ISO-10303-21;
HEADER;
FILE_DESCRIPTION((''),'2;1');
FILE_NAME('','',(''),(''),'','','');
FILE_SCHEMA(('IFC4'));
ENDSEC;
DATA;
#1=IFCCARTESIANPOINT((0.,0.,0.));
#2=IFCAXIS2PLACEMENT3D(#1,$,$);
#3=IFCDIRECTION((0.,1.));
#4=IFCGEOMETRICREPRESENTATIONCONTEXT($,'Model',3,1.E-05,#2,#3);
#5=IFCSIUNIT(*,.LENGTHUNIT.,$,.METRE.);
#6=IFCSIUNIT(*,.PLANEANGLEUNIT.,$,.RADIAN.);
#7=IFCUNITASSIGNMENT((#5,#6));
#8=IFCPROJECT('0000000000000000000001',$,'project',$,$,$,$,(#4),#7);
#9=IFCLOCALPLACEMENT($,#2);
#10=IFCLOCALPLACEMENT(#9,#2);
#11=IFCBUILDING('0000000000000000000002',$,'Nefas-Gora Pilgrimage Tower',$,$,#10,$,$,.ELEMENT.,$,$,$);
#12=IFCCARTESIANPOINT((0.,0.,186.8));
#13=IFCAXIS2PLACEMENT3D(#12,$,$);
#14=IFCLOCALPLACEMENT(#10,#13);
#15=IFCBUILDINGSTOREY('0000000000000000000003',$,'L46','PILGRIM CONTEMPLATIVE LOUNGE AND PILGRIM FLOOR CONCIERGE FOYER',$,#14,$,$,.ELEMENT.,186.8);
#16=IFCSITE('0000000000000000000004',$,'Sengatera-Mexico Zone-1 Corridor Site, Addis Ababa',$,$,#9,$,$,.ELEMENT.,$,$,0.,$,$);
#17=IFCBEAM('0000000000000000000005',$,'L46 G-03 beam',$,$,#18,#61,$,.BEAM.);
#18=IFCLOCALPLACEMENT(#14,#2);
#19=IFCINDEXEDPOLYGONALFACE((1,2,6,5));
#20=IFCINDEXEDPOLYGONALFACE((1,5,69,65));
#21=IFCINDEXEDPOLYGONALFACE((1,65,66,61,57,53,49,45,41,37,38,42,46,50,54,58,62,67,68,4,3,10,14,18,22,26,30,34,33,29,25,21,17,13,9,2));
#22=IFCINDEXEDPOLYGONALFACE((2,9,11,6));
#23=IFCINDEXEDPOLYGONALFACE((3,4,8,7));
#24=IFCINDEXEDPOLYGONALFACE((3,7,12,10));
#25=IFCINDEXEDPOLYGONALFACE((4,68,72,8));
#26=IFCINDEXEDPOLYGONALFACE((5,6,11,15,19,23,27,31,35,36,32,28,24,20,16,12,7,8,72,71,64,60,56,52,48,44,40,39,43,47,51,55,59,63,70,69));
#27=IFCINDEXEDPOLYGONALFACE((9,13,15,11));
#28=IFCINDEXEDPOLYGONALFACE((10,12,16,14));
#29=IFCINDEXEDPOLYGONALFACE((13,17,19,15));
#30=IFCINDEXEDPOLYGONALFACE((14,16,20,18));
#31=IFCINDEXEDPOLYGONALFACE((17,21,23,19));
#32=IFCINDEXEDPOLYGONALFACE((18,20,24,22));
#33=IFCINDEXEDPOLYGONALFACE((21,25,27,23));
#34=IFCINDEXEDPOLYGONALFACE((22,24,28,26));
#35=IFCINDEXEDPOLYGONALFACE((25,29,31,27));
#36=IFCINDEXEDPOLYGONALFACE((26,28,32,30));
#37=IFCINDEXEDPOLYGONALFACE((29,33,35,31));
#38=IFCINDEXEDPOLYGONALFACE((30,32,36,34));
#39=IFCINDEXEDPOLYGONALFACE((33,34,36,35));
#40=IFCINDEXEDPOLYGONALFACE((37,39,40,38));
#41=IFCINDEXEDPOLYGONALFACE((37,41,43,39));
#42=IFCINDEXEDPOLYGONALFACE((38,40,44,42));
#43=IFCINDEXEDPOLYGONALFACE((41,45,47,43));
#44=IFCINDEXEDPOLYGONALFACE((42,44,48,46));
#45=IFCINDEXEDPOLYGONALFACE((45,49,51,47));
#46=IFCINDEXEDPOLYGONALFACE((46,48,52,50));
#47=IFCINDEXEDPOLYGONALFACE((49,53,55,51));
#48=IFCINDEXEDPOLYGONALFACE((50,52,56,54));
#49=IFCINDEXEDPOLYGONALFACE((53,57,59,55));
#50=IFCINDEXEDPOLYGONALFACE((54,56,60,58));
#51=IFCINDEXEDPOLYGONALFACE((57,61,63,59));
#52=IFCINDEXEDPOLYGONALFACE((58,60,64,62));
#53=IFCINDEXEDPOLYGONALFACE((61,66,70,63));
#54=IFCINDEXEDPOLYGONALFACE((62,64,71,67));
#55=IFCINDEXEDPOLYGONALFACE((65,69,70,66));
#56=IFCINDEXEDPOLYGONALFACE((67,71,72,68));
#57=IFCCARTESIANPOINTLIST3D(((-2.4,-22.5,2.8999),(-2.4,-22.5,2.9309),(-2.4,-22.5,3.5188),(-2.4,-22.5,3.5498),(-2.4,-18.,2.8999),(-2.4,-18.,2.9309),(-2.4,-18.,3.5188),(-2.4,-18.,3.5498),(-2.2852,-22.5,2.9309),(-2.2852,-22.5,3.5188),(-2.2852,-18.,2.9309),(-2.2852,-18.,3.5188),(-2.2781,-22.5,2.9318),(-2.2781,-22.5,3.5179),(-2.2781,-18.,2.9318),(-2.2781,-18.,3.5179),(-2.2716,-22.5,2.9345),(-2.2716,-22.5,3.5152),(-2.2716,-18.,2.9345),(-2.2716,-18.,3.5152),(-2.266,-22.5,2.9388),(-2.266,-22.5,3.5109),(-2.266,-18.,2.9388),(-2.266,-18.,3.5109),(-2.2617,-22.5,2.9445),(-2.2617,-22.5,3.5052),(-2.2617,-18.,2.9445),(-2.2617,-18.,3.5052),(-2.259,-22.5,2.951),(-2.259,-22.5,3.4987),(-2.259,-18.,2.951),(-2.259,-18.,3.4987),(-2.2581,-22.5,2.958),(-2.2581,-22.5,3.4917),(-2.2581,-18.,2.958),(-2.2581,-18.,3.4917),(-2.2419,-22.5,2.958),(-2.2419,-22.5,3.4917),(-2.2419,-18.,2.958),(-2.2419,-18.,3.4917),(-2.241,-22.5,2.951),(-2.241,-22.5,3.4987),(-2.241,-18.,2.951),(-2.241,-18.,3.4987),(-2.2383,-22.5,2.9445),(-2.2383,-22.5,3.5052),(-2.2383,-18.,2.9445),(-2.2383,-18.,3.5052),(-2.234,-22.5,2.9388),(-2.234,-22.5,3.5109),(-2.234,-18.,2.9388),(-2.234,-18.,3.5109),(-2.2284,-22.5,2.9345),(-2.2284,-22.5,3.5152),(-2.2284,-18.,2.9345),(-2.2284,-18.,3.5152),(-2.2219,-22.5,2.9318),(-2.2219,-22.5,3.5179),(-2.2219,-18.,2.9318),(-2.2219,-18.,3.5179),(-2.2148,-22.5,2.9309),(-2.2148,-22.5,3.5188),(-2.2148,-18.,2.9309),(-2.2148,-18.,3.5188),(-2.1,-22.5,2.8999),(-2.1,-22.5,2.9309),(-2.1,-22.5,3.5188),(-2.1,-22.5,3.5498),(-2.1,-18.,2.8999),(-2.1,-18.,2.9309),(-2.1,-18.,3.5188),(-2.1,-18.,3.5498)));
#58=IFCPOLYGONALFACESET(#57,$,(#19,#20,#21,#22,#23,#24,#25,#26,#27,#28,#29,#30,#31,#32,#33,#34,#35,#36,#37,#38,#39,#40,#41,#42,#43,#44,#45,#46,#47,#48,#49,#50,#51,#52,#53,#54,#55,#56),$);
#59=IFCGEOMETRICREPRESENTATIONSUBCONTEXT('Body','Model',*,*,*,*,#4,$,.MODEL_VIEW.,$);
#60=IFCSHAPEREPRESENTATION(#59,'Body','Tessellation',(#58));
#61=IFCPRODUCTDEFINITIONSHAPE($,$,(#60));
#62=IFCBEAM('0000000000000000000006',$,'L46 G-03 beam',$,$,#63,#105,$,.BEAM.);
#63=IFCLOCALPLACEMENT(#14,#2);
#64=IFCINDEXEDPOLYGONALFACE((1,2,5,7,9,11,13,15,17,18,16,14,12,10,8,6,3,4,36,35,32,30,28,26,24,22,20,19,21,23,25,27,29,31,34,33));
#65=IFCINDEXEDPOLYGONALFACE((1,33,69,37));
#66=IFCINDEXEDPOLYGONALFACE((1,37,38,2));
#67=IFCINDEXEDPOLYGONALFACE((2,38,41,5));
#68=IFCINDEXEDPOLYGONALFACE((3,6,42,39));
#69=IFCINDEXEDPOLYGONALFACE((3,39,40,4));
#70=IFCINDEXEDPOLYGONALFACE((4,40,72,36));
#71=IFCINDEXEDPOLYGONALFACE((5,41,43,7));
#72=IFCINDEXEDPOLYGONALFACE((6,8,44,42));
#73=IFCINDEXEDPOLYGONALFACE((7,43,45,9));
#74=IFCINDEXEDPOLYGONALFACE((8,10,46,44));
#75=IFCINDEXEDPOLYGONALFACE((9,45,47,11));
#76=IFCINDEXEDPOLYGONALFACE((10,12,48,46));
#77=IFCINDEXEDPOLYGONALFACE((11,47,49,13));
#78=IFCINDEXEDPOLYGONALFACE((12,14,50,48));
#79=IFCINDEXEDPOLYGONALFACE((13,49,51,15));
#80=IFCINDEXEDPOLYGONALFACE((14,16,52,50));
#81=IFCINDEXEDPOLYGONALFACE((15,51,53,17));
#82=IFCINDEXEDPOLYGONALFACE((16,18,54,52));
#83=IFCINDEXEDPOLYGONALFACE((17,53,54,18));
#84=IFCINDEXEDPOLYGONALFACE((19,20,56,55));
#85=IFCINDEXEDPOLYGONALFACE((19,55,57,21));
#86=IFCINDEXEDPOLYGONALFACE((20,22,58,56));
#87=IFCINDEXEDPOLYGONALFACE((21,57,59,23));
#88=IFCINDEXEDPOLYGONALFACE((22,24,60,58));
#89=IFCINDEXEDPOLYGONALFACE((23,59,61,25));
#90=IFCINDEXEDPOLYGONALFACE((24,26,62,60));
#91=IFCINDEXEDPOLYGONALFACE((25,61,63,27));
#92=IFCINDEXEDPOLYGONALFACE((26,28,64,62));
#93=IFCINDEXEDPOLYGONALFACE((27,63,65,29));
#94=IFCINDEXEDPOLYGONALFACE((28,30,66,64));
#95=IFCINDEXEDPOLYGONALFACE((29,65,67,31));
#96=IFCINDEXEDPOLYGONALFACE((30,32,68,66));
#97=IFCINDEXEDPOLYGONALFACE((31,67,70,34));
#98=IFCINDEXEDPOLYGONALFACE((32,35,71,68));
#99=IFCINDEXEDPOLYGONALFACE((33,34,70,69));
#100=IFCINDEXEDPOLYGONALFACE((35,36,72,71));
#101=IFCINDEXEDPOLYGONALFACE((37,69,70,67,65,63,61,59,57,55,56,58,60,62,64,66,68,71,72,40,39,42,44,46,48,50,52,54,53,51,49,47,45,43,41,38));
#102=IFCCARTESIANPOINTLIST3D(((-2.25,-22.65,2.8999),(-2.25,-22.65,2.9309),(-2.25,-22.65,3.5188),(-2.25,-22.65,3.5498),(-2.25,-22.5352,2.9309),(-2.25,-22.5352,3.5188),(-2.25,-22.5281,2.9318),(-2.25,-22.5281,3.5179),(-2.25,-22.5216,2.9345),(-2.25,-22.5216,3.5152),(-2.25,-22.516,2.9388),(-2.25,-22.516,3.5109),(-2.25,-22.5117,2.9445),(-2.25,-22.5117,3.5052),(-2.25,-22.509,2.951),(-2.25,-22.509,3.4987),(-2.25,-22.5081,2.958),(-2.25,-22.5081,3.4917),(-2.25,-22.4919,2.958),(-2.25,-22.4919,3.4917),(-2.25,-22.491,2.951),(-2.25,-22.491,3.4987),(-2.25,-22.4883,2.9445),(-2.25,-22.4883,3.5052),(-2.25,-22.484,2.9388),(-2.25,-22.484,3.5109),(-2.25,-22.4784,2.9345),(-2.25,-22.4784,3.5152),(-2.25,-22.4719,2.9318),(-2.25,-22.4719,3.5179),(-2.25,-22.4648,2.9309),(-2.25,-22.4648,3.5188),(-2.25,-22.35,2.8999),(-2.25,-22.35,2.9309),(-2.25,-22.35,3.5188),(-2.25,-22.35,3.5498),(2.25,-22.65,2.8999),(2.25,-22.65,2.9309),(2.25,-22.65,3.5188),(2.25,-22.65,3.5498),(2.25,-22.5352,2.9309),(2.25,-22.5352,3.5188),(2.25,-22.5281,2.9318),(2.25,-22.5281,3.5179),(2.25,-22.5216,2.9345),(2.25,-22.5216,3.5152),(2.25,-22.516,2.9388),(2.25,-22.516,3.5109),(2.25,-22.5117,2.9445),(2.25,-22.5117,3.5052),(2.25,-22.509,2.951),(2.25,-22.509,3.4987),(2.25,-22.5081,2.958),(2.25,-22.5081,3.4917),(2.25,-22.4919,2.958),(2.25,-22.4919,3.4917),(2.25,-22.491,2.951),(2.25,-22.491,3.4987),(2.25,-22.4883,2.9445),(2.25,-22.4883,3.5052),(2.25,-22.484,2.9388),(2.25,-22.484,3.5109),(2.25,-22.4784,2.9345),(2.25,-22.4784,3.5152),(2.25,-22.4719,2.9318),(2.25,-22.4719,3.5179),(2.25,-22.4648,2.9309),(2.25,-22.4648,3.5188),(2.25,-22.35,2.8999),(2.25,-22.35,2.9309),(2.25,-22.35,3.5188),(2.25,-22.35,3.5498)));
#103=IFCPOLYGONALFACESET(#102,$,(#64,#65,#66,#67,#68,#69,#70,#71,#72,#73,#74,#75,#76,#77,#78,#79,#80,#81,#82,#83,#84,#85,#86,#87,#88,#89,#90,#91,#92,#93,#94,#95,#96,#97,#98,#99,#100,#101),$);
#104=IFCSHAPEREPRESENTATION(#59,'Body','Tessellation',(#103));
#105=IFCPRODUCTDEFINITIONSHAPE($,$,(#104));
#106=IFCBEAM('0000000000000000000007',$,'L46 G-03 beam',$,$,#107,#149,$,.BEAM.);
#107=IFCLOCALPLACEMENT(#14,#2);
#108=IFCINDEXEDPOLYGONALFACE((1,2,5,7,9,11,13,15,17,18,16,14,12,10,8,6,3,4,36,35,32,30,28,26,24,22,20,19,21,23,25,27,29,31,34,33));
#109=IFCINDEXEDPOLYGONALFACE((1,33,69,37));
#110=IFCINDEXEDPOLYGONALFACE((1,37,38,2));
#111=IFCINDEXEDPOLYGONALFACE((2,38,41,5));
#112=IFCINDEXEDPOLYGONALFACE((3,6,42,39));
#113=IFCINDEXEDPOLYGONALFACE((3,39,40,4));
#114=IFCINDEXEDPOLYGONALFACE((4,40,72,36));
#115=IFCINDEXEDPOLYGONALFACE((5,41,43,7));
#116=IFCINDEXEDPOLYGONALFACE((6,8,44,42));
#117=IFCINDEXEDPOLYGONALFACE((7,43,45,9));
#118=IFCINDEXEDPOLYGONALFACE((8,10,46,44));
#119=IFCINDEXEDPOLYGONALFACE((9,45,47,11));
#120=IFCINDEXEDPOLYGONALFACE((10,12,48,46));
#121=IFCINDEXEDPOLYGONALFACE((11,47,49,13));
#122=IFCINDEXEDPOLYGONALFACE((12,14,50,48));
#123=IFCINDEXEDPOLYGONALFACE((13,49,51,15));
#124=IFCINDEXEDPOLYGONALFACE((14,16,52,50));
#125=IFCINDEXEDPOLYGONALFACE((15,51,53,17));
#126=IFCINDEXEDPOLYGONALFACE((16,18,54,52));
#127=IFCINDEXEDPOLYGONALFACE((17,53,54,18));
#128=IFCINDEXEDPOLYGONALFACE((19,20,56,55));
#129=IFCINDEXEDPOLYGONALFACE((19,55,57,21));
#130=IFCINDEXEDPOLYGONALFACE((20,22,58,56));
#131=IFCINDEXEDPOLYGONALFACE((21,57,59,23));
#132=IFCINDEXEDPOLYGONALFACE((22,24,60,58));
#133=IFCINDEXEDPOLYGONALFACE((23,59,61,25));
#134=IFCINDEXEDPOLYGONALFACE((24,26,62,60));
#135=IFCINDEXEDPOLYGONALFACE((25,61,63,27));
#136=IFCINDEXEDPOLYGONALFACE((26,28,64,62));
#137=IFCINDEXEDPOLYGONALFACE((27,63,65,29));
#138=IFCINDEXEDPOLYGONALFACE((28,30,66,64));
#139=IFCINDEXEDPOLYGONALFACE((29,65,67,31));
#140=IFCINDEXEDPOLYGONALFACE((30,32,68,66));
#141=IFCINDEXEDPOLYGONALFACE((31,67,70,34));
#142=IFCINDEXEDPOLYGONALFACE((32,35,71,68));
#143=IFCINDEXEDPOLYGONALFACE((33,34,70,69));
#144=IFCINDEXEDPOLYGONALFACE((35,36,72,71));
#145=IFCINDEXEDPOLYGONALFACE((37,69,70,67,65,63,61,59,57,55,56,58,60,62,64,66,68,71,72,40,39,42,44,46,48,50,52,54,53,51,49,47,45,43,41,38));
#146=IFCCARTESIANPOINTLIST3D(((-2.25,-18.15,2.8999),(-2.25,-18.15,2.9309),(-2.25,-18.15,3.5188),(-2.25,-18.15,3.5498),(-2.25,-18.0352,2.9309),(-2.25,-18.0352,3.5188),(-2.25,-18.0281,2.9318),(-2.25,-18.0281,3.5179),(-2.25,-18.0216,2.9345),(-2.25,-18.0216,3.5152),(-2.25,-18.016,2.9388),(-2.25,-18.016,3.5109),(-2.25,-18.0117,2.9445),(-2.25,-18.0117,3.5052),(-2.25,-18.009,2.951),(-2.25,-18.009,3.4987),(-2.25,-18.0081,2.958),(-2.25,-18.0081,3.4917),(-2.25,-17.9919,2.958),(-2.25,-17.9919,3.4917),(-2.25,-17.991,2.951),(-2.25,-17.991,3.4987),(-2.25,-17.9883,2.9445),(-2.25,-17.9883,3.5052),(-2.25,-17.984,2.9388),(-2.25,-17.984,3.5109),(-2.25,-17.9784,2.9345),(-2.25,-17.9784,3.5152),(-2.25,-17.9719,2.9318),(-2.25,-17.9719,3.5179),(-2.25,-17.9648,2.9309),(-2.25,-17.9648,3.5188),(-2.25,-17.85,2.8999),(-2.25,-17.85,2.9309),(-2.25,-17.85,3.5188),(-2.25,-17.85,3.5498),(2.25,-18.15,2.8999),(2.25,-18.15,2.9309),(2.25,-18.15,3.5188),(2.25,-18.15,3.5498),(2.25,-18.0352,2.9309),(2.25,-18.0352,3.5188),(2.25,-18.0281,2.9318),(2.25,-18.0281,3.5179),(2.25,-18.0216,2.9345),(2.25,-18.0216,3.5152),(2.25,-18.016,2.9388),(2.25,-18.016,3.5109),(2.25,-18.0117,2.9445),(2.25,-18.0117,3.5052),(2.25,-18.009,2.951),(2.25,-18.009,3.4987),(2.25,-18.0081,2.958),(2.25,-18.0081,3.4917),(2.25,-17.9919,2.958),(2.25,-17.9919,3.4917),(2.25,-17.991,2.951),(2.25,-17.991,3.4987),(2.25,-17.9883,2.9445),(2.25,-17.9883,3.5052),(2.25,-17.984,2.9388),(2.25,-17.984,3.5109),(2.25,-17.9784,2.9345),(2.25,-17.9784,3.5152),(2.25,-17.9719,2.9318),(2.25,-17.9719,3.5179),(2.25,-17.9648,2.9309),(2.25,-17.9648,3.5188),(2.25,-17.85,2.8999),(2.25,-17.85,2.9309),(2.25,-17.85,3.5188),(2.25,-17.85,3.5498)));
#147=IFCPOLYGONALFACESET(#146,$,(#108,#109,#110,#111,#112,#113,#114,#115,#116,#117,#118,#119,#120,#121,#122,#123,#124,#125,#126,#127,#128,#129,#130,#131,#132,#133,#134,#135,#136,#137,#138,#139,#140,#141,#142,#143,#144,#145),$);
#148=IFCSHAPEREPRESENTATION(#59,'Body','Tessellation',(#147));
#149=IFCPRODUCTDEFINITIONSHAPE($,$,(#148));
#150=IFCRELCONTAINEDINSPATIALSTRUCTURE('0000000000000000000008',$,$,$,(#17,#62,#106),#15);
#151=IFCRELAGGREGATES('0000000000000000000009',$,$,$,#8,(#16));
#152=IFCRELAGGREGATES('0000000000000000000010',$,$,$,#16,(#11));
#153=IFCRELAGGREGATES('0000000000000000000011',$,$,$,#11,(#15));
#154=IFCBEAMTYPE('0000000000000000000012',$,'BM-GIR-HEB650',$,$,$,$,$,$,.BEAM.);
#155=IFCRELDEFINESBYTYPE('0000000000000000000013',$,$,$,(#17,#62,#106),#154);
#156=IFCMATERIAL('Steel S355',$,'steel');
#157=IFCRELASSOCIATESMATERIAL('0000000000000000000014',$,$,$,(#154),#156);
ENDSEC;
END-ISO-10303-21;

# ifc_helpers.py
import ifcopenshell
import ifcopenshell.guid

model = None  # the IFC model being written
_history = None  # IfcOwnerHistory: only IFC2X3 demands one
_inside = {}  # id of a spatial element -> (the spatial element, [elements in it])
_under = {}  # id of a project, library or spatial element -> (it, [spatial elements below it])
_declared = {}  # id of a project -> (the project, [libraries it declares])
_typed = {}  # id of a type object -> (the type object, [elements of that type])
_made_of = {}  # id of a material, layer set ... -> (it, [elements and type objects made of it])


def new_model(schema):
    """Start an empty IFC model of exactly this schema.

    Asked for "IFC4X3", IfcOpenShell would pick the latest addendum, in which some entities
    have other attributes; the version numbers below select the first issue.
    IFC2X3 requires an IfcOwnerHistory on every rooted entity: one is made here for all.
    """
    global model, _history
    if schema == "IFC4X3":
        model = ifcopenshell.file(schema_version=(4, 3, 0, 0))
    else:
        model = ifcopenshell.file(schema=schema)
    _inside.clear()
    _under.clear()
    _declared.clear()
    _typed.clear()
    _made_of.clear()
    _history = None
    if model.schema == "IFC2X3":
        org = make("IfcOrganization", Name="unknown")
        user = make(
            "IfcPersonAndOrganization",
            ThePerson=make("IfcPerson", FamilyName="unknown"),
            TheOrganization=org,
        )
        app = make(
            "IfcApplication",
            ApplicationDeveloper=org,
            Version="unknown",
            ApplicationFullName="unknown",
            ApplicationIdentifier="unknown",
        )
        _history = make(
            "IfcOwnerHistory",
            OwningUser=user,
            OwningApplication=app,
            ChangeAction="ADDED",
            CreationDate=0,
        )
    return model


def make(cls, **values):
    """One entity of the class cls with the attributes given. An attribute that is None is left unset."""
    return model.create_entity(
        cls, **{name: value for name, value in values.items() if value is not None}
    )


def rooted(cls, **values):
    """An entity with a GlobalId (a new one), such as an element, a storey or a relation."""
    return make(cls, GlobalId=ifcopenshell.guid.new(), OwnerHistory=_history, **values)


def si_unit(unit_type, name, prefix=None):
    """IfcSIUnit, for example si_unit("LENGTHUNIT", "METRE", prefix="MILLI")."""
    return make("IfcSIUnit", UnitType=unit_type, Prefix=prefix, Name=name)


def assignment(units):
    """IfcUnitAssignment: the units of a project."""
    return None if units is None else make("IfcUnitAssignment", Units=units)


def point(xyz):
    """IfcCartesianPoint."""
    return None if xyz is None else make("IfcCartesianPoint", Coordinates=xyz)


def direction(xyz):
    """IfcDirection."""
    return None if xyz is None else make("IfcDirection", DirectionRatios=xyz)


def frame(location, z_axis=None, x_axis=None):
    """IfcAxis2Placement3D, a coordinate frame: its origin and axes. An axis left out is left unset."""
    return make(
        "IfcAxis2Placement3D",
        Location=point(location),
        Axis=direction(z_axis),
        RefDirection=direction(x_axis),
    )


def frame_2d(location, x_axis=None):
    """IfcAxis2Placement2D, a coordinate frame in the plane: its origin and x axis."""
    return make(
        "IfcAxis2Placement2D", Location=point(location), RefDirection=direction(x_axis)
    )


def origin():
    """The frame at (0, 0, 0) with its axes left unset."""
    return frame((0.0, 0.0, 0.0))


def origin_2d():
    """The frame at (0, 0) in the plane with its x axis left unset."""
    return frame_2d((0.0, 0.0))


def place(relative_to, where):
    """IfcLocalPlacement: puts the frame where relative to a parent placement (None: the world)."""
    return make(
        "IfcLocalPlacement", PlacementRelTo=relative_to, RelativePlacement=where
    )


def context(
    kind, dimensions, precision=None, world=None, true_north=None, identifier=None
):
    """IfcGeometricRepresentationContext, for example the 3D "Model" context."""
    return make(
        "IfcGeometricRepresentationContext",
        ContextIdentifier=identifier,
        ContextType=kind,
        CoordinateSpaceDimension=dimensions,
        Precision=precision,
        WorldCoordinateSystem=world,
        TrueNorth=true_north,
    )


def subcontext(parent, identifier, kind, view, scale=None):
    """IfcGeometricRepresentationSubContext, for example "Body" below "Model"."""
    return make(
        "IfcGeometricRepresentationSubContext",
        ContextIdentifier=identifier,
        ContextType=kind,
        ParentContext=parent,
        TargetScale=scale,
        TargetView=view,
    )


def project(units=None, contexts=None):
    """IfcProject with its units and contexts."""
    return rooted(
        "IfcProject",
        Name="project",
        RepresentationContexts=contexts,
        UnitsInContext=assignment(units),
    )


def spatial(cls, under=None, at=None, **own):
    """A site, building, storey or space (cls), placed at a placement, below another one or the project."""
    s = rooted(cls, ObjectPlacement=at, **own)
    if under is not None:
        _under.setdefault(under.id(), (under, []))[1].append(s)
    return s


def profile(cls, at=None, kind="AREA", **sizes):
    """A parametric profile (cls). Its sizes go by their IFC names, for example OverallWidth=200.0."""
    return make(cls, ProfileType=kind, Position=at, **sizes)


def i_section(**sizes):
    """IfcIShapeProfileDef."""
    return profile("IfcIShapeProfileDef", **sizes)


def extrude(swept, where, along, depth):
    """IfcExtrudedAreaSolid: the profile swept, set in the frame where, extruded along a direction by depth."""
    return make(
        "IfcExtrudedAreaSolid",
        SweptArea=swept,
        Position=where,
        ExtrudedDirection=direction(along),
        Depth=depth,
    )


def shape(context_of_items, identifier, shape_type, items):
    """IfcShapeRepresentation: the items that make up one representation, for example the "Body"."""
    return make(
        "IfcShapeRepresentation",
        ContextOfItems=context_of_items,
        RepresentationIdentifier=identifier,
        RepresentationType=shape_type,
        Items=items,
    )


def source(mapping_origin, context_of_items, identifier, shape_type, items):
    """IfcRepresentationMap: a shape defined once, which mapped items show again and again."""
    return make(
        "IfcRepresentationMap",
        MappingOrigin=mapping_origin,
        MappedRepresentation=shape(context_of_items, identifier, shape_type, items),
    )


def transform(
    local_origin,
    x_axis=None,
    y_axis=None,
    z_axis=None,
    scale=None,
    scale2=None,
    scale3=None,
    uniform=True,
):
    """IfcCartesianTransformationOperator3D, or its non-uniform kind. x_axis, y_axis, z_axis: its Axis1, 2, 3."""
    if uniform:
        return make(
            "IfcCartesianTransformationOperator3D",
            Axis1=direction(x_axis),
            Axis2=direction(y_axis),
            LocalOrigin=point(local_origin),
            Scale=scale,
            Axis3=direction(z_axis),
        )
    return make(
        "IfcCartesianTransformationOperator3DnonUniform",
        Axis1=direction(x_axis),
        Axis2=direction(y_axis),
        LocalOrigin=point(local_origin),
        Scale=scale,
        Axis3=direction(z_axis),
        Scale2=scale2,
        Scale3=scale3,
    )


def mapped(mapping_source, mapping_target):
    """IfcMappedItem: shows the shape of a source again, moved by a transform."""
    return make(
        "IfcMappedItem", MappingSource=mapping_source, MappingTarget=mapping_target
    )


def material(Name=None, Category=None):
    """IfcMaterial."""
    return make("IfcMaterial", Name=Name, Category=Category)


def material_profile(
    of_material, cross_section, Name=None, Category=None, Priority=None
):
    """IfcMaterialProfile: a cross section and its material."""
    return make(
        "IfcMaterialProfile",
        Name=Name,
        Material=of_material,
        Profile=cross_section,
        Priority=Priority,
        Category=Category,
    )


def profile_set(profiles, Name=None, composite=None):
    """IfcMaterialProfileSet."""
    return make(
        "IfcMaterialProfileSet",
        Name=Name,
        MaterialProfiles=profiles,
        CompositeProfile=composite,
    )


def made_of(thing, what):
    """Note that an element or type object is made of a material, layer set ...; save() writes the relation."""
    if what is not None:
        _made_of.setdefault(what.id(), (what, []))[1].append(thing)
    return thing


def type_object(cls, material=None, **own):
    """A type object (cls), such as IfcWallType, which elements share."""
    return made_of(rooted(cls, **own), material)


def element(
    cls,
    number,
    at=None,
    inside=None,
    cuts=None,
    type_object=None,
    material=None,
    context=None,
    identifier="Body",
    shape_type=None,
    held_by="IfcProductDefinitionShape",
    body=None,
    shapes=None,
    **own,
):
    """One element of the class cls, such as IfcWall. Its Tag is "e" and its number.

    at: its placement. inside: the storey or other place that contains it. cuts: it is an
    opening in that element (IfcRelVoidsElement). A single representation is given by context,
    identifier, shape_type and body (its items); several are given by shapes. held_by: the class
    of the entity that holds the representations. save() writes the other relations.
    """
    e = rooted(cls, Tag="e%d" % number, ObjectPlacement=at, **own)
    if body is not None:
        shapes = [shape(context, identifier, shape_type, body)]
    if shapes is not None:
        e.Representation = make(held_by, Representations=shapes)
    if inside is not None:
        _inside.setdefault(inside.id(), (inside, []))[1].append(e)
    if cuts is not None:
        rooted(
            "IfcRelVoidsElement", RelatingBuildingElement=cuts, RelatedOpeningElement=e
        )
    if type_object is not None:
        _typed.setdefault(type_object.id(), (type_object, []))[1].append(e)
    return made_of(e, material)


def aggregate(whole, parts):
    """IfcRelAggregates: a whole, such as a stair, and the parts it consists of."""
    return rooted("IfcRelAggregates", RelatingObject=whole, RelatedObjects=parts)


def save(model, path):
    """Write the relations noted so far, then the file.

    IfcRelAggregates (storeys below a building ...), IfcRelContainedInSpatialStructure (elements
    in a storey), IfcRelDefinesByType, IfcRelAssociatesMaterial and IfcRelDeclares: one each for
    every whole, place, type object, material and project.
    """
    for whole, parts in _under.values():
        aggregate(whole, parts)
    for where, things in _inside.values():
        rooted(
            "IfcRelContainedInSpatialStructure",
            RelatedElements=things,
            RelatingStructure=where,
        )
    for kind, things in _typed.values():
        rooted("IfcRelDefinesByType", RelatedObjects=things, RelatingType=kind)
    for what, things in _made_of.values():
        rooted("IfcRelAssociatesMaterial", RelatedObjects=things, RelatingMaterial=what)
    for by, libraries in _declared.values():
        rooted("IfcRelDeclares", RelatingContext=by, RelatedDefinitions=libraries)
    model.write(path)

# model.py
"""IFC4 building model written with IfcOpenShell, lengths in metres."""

from ifc_helpers import new_model, si_unit, direction, frame, origin, origin_2d, place, context, subcontext, project, spatial, i_section, extrude, source, transform, mapped, material, material_profile, profile_set, type_object, element, save


model = new_model("IFC4")

# Units and contexts
model_context = context("Model", 3, precision=1e-05, world=origin(), true_north=direction((0.0, 1.0)))
body_context = subcontext(model_context, "Body", "Model", "MODEL_VIEW")
ifc_project = project(units=[si_unit("LENGTHUNIT", "METRE"), si_unit("PLANEANGLEUNIT", "RADIAN")], contexts=[model_context])

# Site, building, storey
site_placement = place(None, origin())
site = spatial("IfcSite", under=ifc_project, at=site_placement, Name="Sengatera-Mexico Zone-1 Corridor Site, Addis Ababa", CompositionType="ELEMENT", RefElevation=0.0)
building_placement = place(site_placement, origin())
building = spatial("IfcBuilding", under=site, at=building_placement, Name="Nefas-Gora Pilgrimage Tower", CompositionType="ELEMENT")
storey_placement = place(building_placement, frame((0.0, 0.0, 186.8)))
storey = spatial("IfcBuildingStorey", under=building, at=storey_placement, Name="L46", Description="PILGRIM CONTEMPLATIVE LOUNGE AND PILGRIM FLOOR CONCIERGE FOYER", CompositionType="ELEMENT", Elevation=186.8)

# Beams
ifc_material_1 = material(Name="Steel S355", Category="steel")
ifc_material_profile_1 = material_profile(ifc_material_1, i_section(OverallWidth=0.3, OverallDepth=0.6499, WebThickness=0.0161, FlangeThickness=0.031, FilletRadius=0.0271, at=origin_2d()), Name="HEB 650")
ifc_profile_set_1 = profile_set([ifc_material_profile_1], Name="Steel S355")
beam_type = type_object("IfcBeamType", Name="BM-GIR-HEB650", PredefinedType="BEAM", material=ifc_profile_set_1)
shared_shape_1 = source(origin(), body_context, "Body", "SweptSolid", [
    extrude(i_section(OverallWidth=0.3, OverallDepth=0.6499, WebThickness=0.0161, FlangeThickness=0.031, FilletRadius=0.0271, at=origin_2d()), origin(), (0.0, 0.0, 1.0), 4.5),
])
for number, where, z_axis, x_axis, name in (
    (1, (-2.25, -22.5, 3.2249), (0.0, 1.0, 0.0), (-1.0, 0.0, 0.0), "L46 G-03 beam"),
    (2, (-2.25, -22.5, 3.2249), (1.0, 0.0, 0.0), (0.0, 1.0, 0.0), "L46 G-03 beam"),
    (3, (-2.25, -18.0, 3.2249), (1.0, 0.0, 0.0), (0.0, 1.0, 0.0), "L46 G-03 beam"),
):
    element("IfcBeam", number, at=place(storey_placement, frame(where, z_axis=z_axis, x_axis=x_axis)), inside=storey, type_object=beam_type, Name=name, PredefinedType="BEAM", context=body_context, shape_type="MappedRepresentation", body=[
        mapped(shared_shape_1, transform((0.0, 0.0, 0.0), x_axis=(1.0, 0.0, 0.0), y_axis=(0.0, 1.0, 0.0), z_axis=(0.0, 0.0, 1.0), scale=1.0)),
    ])

save(model, "model.ifc")
